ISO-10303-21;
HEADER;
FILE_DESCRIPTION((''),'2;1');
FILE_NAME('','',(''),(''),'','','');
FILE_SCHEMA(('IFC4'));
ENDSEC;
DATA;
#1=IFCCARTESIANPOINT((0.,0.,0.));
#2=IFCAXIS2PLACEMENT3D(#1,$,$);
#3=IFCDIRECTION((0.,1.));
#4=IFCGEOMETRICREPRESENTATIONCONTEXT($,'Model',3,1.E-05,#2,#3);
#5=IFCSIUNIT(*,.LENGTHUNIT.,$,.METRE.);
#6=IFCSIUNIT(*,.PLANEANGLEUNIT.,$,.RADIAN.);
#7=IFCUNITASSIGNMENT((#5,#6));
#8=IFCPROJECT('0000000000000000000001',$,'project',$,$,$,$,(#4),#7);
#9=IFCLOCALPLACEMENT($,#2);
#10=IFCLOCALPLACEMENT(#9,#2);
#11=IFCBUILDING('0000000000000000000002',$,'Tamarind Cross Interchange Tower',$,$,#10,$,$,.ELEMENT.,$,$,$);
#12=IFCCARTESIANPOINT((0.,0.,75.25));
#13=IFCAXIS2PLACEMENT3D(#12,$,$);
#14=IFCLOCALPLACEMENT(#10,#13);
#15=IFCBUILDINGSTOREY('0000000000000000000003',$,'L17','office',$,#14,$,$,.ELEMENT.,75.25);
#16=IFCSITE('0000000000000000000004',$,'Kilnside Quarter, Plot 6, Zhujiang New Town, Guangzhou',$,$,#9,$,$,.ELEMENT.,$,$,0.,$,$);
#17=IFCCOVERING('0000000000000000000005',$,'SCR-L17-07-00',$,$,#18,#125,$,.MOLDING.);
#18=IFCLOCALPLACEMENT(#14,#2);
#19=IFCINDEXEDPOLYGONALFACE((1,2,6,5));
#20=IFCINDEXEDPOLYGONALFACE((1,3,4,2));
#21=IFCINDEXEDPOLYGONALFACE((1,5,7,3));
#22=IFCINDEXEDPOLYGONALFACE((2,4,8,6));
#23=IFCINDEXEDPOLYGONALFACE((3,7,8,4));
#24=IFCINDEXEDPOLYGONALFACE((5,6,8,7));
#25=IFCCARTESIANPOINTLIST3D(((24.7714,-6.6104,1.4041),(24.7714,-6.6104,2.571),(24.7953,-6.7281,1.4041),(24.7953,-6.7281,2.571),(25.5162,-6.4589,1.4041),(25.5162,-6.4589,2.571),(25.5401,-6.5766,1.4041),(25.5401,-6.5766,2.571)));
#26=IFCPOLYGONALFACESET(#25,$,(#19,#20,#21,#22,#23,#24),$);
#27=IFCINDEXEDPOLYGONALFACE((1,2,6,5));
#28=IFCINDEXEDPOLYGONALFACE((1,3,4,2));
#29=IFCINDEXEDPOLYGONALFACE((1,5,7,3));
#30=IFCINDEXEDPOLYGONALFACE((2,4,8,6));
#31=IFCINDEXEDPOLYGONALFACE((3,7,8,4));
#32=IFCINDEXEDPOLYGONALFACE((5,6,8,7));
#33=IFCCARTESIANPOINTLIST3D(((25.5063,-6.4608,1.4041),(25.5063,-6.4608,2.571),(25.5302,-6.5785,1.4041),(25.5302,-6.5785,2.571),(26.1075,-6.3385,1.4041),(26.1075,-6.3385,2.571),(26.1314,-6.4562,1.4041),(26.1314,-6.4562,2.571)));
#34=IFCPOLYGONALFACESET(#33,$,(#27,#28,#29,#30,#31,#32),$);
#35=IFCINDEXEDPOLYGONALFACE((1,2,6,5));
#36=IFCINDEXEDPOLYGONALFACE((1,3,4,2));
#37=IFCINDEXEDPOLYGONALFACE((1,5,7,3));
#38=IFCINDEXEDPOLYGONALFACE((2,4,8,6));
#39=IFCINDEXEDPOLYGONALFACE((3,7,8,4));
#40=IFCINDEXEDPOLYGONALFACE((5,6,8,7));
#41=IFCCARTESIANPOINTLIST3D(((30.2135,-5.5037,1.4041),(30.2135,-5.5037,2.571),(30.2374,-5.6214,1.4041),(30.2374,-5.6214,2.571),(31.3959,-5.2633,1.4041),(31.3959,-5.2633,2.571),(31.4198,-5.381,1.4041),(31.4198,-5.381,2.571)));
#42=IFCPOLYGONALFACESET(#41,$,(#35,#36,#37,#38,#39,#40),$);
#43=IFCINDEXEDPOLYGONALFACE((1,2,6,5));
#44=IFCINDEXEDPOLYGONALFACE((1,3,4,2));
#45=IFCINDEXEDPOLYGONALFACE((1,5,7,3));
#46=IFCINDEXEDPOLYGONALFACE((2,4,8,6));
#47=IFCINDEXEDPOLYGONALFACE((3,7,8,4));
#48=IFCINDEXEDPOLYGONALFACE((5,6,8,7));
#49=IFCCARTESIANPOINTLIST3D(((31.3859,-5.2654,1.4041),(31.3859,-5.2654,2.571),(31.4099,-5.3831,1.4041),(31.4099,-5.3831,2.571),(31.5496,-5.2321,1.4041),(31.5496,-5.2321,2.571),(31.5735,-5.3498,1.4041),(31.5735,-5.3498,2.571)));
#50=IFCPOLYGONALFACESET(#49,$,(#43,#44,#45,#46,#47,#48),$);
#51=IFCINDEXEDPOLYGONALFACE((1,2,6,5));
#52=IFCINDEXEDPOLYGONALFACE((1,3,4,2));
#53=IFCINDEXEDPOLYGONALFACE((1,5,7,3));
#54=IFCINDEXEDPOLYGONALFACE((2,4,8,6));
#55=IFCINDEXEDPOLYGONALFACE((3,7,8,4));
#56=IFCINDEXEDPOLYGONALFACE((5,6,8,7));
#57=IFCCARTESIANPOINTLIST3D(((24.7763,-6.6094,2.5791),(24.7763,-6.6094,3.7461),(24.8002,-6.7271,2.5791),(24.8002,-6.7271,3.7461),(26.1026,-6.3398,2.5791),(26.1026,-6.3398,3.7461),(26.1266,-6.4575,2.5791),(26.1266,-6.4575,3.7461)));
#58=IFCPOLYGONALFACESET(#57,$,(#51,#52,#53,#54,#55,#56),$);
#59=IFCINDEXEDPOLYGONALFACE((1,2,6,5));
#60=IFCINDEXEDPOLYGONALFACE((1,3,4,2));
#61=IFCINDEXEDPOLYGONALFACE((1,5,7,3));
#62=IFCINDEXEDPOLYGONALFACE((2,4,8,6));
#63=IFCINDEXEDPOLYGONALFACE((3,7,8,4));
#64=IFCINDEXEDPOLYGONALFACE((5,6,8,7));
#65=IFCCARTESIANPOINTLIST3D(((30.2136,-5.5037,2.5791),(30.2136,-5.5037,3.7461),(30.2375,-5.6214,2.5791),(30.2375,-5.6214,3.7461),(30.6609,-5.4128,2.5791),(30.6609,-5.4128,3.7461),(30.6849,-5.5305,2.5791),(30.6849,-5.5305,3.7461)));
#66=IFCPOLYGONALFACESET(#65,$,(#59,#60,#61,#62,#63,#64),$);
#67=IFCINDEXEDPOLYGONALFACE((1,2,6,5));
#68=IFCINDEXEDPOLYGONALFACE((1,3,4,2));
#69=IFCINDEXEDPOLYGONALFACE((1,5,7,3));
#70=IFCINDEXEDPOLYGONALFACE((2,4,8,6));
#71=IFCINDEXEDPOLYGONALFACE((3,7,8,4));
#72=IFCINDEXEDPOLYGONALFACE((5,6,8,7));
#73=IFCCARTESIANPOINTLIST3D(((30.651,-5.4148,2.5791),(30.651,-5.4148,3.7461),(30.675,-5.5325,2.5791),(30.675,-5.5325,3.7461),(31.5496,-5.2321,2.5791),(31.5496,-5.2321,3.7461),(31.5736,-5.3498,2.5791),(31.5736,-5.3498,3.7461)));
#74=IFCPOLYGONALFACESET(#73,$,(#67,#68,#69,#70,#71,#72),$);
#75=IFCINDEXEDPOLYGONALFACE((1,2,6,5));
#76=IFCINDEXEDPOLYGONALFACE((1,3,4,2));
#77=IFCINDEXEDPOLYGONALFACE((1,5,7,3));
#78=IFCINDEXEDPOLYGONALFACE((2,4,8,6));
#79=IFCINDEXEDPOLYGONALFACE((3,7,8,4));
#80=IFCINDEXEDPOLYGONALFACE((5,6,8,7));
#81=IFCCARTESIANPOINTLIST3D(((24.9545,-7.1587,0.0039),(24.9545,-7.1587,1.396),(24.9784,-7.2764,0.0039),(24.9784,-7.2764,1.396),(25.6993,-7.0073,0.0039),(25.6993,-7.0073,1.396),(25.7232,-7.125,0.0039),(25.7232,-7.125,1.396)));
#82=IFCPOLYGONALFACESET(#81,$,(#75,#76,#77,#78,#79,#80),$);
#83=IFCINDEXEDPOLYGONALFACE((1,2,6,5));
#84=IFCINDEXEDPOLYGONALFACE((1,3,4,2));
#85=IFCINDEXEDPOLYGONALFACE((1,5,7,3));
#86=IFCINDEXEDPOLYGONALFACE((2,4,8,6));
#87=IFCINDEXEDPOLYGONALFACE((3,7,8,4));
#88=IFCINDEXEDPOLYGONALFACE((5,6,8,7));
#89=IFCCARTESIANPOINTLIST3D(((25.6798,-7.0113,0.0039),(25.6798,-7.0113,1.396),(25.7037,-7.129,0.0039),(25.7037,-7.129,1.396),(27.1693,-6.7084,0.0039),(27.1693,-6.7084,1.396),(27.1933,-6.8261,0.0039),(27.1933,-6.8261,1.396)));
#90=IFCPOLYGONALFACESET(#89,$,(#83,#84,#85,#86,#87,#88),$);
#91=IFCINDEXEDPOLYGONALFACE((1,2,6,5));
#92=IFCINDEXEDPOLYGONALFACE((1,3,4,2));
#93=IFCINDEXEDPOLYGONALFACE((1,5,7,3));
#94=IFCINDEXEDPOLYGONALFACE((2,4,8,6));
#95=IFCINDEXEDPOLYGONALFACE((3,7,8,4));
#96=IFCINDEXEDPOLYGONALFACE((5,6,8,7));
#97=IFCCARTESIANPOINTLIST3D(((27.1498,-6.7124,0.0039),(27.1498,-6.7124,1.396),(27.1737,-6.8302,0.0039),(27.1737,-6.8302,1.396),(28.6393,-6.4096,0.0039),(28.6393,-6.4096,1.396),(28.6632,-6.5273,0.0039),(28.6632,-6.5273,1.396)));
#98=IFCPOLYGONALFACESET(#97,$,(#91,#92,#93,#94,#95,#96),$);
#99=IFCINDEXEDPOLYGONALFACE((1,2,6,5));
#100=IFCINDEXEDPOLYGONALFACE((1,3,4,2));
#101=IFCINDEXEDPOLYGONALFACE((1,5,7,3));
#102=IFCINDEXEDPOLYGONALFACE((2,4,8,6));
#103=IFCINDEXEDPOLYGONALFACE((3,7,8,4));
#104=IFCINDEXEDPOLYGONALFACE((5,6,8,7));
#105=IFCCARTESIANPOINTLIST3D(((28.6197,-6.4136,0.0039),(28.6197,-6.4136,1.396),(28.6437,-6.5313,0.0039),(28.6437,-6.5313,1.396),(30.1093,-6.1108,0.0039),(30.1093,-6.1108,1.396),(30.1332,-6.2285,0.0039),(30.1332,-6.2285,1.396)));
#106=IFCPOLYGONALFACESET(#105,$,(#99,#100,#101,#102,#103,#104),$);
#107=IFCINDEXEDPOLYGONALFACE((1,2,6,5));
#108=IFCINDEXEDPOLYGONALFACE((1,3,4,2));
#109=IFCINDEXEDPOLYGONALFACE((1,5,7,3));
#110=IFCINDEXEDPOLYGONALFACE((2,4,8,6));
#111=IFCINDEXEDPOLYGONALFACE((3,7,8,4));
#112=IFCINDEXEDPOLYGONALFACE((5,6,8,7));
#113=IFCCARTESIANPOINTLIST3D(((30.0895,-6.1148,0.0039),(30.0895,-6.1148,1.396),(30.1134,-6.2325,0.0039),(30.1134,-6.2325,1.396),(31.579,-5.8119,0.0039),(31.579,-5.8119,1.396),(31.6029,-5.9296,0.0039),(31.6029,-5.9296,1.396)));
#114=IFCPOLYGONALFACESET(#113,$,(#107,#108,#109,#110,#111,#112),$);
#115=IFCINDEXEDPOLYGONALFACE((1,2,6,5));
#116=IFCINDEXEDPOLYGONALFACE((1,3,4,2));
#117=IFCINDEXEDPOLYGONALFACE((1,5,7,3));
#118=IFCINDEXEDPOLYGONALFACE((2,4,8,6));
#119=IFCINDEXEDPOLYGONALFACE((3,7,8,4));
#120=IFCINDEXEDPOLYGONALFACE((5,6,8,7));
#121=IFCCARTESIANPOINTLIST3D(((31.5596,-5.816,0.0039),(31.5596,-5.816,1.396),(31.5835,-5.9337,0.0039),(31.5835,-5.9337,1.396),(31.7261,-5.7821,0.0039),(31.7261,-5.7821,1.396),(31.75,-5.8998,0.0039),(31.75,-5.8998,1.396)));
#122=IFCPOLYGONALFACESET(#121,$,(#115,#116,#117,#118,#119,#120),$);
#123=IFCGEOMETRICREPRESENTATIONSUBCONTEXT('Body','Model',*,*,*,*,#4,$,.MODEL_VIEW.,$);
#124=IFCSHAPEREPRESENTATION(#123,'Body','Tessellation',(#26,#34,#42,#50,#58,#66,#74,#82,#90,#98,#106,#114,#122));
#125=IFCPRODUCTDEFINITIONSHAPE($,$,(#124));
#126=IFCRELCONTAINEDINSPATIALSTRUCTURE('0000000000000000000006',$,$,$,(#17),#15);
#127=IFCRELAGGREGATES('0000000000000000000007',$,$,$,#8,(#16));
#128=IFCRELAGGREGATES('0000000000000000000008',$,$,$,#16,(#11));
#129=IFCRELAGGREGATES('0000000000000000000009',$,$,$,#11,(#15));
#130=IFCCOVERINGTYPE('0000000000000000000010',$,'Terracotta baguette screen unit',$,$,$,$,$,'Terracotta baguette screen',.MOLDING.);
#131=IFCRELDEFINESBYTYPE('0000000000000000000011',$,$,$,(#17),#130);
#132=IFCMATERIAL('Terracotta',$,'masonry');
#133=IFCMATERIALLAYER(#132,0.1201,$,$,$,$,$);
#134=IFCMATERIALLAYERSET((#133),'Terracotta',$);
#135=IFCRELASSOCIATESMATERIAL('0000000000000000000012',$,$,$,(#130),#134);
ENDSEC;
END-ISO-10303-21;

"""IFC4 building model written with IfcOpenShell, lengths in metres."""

from ifc_helpers import new_model, si_unit, direction, frame, origin, origin_2d, place, context, subcontext, project, spatial, rectangle, extrude, material, layer, layer_set, type_object, element, save


model = new_model("IFC4")

# Units and contexts
model_context = context("Model", 3, precision=1e-05, world=origin(), true_north=direction((0.0, 1.0)))
body_context = subcontext(model_context, "Body", "Model", "MODEL_VIEW")
ifc_project = project(units=[si_unit("LENGTHUNIT", "METRE"), si_unit("PLANEANGLEUNIT", "RADIAN")], contexts=[model_context])

# Site, building, storey
site_placement = place(None, origin())
site = spatial("IfcSite", under=ifc_project, at=site_placement, Name="Kilnside Quarter, Plot 6, Zhujiang New Town, Guangzhou", CompositionType="ELEMENT", RefElevation=0.0)
building_placement = place(site_placement, origin())
building = spatial("IfcBuilding", under=site, at=building_placement, Name="Tamarind Cross Interchange Tower", CompositionType="ELEMENT")
storey_placement = place(building_placement, frame((0.0, 0.0, 75.25)))
storey = spatial("IfcBuildingStorey", under=building, at=storey_placement, Name="L17", Description="office", CompositionType="ELEMENT", Elevation=75.25)

# Covering
ifc_material_1 = material(Name="Terracotta", Category="masonry")
ifc_layer_1 = layer(ifc_material_1, 0.1201)
ifc_layer_set_1 = layer_set([ifc_layer_1], Name="Terracotta")
covering_type = type_object("IfcCoveringType", Name="Terracotta baguette screen unit", ElementType="Terracotta baguette screen", PredefinedType="MOLDING", material=ifc_layer_set_1)
covering_1_placement = place(storey_placement, origin())
element("IfcCovering", 1, at=covering_1_placement, inside=storey, type_object=covering_type, Name="SCR-L17-07-00", PredefinedType="MOLDING", context=body_context, shape_type="SweptSolid", body=[
    extrude(rectangle(XDim=0.76, YDim=0.1201, at=origin_2d()), frame((25.1558, -6.5935, 1.4041), z_axis=(0.0, 0.0, 1.0), x_axis=(0.97995, 0.199245, 0.0)), (0.0, 0.0, 1.0), 1.167),
    extrude(rectangle(XDim=0.6135, YDim=0.1201, at=origin_2d()), frame((25.8188, -6.4585, 1.4041), z_axis=(0.0, 0.0, 1.0), x_axis=(0.97995, 0.199245, 0.0)), (0.0, 0.0, 1.0), 1.167),
    extrude(rectangle(XDim=1.2065, YDim=0.1201, at=origin_2d()), frame((30.8167, -5.4424, 1.4041), z_axis=(0.0, 0.0, 1.0), x_axis=(0.97995, 0.199245, 0.0)), (0.0, 0.0, 1.0), 1.167),
    extrude(rectangle(XDim=0.167, YDim=0.1201, at=origin_2d()), frame((31.4797, -5.3076, 1.4041), z_axis=(0.0, 0.0, 1.0), x_axis=(0.97995, 0.199245, 0.0)), (0.0, 0.0, 1.0), 1.167),
    extrude(rectangle(XDim=1.3535, YDim=0.1201, at=origin_2d()), frame((25.4514, -6.5334, 2.5791), z_axis=(0.0, 0.0, 1.0), x_axis=(0.97995, 0.199245, 0.0)), (0.0, 0.0, 1.0), 1.167),
    extrude(rectangle(XDim=0.4565, YDim=0.1201, at=origin_2d()), frame((30.4492, -5.5171, 2.5791), z_axis=(0.0, 0.0, 1.0), x_axis=(0.97995, 0.199245, 0.0)), (0.0, 0.0, 1.0), 1.167),
    extrude(rectangle(XDim=0.917, YDim=0.1201, at=origin_2d()), frame((31.1123, -5.3823, 2.5791), z_axis=(0.0, 0.0, 1.0), x_axis=(0.97995, 0.199245, 0.0)), (0.0, 0.0, 1.0), 1.167),
    extrude(rectangle(XDim=0.76, YDim=0.1201, at=origin_2d()), frame((25.3389, -7.1418, 0.0039), z_axis=(0.0, 0.0, 1.0), x_axis=(0.97995, 0.199245, 0.0)), (0.0, 0.0, 1.0), 1.3921),
    extrude(rectangle(XDim=1.52, YDim=0.1201, at=origin_2d()), frame((26.4365, -6.9187, 0.0039), z_axis=(0.0, 0.0, 1.0), x_axis=(0.97995, 0.199245, 0.0)), (0.0, 0.0, 1.0), 1.3921),
    extrude(rectangle(XDim=1.52, YDim=0.1201, at=origin_2d()), frame((27.9065, -6.6199, 0.0039), z_axis=(0.0, 0.0, 1.0), x_axis=(0.97995, 0.199245, 0.0)), (0.0, 0.0, 1.0), 1.3921),
    extrude(rectangle(XDim=1.52, YDim=0.1201, at=origin_2d()), frame((29.3765, -6.321, 0.0039), z_axis=(0.0, 0.0, 1.0), x_axis=(0.97995, 0.199245, 0.0)), (0.0, 0.0, 1.0), 1.3921),
    extrude(rectangle(XDim=1.52, YDim=0.1201, at=origin_2d()), frame((30.8462, -6.0222, 0.0039), z_axis=(0.0, 0.0, 1.0), x_axis=(0.97995, 0.199245, 0.0)), (0.0, 0.0, 1.0), 1.3921),
    extrude(rectangle(XDim=0.1699, YDim=0.1201, at=origin_2d()), frame((31.6548, -5.8579, 0.0039), z_axis=(0.0, 0.0, 1.0), x_axis=(0.97995, 0.199245, 0.0)), (0.0, 0.0, 1.0), 1.3921),
])

save(model, "model.ifc")
